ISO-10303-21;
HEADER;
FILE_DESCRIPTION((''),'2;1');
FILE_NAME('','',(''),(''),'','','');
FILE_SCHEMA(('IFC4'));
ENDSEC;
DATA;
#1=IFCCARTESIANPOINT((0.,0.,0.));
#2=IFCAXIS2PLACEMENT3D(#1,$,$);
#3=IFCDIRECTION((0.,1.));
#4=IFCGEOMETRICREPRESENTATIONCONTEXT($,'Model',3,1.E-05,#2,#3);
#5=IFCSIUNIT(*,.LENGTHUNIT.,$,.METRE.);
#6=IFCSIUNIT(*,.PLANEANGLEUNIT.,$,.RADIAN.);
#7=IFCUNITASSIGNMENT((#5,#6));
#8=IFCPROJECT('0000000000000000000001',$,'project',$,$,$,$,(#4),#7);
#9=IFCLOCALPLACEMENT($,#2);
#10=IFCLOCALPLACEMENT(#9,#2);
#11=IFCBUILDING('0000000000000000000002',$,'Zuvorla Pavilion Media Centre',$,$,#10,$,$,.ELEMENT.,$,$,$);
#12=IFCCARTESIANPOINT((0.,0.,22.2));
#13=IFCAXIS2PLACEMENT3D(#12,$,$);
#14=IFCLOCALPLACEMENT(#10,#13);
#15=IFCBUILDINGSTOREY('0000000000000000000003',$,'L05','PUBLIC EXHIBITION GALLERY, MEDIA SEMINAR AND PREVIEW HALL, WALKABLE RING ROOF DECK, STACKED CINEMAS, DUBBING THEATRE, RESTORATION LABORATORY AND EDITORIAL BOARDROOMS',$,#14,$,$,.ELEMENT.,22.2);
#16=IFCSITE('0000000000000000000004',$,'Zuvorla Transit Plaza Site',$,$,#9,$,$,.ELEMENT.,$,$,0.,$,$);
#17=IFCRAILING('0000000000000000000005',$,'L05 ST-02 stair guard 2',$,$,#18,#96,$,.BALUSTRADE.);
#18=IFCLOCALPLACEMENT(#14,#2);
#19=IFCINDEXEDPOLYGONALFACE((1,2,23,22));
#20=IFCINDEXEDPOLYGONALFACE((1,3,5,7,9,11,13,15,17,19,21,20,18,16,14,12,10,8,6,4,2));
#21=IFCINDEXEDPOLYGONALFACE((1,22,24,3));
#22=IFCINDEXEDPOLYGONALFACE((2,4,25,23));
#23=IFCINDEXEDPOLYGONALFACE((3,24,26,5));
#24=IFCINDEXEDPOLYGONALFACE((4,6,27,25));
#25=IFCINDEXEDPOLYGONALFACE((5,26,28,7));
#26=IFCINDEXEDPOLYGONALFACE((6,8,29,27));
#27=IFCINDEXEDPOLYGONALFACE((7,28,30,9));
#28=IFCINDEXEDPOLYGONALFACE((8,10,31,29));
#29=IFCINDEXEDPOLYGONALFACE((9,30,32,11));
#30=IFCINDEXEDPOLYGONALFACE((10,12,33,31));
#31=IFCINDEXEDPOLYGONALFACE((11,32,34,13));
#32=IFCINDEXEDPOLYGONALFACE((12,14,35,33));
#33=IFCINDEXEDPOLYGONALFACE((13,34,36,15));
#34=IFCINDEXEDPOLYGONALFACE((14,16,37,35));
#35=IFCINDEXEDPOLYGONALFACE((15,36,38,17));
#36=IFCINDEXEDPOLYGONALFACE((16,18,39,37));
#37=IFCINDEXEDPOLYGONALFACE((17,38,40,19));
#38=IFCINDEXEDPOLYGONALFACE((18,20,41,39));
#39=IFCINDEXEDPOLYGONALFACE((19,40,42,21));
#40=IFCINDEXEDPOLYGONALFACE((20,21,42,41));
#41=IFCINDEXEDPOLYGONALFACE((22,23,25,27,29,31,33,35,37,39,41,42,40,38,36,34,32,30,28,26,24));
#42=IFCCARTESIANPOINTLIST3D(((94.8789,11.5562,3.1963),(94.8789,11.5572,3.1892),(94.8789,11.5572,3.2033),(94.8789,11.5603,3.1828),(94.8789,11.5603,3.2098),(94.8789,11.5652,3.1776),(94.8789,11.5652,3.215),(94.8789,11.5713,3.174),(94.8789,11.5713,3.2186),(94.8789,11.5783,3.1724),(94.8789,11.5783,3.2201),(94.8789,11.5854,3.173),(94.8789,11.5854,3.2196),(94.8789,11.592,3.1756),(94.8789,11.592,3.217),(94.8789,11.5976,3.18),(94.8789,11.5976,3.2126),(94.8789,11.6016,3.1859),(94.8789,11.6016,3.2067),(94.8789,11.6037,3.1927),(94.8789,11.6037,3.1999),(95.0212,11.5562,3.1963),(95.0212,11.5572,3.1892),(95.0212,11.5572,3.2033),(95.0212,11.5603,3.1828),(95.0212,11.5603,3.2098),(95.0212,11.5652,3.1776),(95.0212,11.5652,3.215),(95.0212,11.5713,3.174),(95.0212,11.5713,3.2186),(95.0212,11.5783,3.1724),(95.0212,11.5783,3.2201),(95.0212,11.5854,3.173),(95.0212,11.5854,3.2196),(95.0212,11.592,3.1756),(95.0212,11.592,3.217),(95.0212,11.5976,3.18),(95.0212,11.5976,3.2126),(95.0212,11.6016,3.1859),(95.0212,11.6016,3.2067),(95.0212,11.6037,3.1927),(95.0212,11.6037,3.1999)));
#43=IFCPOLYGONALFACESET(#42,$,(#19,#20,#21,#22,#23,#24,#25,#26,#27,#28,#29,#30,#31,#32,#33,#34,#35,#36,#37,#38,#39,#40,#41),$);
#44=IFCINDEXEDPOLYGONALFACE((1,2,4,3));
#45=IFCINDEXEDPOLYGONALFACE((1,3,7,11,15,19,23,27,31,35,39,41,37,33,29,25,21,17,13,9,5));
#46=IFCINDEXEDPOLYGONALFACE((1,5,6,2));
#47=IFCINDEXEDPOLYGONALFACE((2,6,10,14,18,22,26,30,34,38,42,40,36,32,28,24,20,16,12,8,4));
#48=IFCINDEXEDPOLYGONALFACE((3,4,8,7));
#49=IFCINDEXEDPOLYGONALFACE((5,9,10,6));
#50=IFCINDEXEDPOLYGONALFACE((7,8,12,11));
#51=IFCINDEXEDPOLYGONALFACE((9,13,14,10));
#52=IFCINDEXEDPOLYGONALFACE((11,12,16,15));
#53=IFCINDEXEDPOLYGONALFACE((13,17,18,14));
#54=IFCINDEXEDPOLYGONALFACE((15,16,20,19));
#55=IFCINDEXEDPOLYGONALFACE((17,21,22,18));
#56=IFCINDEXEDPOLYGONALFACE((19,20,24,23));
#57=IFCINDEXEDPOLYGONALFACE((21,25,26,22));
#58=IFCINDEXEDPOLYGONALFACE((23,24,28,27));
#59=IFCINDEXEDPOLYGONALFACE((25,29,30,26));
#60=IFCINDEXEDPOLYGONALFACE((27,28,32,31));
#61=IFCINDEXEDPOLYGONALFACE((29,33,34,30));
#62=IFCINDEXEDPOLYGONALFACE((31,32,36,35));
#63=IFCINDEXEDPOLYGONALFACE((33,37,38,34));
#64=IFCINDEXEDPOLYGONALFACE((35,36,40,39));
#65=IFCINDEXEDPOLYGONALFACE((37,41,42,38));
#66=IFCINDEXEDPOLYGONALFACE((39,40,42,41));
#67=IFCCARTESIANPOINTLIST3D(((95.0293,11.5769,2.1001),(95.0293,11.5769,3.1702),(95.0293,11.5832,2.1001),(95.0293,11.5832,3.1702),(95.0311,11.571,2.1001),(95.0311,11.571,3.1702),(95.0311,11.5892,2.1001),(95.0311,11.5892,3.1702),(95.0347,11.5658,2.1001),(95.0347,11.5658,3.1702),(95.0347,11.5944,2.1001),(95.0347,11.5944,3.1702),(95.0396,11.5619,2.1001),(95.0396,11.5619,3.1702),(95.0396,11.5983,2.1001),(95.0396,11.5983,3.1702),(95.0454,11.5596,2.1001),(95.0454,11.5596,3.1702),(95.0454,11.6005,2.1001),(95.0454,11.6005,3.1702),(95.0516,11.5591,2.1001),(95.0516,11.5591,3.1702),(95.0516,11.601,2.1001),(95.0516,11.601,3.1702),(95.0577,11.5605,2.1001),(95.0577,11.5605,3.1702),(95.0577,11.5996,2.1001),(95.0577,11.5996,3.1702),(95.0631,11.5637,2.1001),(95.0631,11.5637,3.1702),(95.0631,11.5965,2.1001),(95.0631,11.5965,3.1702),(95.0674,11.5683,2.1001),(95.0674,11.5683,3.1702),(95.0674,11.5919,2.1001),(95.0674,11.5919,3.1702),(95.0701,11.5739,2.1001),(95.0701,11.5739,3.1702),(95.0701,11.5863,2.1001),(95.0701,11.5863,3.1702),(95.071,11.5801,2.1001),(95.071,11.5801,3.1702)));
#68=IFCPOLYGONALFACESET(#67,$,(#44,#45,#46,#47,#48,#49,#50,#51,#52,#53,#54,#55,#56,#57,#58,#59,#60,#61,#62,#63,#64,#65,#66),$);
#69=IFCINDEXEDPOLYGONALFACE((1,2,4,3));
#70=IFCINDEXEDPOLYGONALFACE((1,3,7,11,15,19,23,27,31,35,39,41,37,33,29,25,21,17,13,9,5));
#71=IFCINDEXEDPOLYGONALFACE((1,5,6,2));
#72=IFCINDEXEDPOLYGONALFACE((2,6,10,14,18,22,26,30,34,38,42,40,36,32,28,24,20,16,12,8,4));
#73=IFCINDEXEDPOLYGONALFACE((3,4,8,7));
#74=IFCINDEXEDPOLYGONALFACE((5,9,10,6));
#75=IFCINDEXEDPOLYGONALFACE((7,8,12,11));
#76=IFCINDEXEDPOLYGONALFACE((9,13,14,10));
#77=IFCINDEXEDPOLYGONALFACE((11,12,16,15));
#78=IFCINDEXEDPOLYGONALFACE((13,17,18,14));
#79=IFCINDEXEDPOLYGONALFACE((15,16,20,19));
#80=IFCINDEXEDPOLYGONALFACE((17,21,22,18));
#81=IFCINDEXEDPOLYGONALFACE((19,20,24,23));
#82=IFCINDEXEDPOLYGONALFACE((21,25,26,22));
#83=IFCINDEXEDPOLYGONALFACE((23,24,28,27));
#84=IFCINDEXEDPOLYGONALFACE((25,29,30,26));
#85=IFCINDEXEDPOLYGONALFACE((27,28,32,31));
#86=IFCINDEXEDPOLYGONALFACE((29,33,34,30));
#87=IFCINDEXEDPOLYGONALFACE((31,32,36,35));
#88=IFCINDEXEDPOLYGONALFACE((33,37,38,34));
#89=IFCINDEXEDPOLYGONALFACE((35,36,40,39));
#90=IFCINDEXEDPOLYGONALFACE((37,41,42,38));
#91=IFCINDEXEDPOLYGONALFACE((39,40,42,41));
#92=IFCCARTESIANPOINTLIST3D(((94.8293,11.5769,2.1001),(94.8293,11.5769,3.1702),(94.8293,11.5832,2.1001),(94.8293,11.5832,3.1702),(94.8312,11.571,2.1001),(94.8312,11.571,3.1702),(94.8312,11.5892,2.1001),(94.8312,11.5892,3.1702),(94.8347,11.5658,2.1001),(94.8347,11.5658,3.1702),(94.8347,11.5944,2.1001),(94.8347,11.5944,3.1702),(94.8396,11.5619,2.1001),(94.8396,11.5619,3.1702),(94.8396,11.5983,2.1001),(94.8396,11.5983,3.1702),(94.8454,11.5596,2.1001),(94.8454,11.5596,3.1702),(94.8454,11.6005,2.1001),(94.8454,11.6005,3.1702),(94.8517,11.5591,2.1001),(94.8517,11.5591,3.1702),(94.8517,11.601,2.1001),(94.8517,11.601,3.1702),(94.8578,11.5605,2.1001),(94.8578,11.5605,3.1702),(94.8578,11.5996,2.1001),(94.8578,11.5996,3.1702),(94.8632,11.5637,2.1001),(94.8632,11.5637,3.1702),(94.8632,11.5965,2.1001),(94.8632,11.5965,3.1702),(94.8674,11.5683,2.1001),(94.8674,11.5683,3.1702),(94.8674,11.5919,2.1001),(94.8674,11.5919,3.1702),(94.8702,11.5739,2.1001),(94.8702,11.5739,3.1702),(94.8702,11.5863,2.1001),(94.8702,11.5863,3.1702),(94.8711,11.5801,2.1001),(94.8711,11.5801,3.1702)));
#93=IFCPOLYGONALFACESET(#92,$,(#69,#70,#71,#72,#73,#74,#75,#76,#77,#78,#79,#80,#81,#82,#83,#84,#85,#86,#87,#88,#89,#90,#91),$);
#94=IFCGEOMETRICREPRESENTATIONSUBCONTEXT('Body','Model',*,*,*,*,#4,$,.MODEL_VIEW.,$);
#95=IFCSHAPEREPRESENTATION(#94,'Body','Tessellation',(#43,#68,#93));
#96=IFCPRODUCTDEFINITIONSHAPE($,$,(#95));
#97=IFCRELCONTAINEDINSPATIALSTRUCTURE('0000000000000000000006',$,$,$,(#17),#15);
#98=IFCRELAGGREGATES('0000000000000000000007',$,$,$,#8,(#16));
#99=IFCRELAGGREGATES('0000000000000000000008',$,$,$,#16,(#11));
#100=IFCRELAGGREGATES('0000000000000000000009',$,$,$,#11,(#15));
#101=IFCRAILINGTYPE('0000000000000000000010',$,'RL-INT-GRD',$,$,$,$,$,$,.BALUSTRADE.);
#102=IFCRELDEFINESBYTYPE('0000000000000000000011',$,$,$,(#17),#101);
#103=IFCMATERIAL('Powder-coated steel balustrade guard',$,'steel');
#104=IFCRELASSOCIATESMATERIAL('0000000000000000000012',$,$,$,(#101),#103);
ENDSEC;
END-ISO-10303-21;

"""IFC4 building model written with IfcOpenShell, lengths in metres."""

from ifc_helpers import new_model, si_unit, direction, frame, origin, origin_2d, place, context, subcontext, project, spatial, circle, extrude, material, type_object, element, save


model = new_model("IFC4")

# Units and contexts
model_context = context("Model", 3, precision=1e-05, world=origin(), true_north=direction((0.0, 1.0)))
body_context = subcontext(model_context, "Body", "Model", "MODEL_VIEW")
ifc_project = project(units=[si_unit("LENGTHUNIT", "METRE"), si_unit("PLANEANGLEUNIT", "RADIAN")], contexts=[model_context])

# Site, building, storey
site_placement = place(None, origin())
site = spatial("IfcSite", under=ifc_project, at=site_placement, Name="Zuvorla Transit Plaza Site", CompositionType="ELEMENT", RefElevation=0.0)
building_placement = place(site_placement, origin())
building = spatial("IfcBuilding", under=site, at=building_placement, Name="Zuvorla Pavilion Media Centre", CompositionType="ELEMENT")
storey_placement = place(building_placement, frame((0.0, 0.0, 22.2)))
storey = spatial("IfcBuildingStorey", under=building, at=storey_placement, Name="L05", Description="PUBLIC EXHIBITION GALLERY, MEDIA SEMINAR AND PREVIEW HALL, WALKABLE RING ROOF DECK, STACKED CINEMAS, DUBBING THEATRE, RESTORATION LABORATORY AND EDITORIAL BOARDROOMS", CompositionType="ELEMENT", Elevation=22.2)

# Railing
ifc_material_1 = material(Name="Powder-coated steel balustrade guard", Category="steel")
railing_type_1 = type_object("IfcRailingType", Name="RL-INT-GRD", PredefinedType="BALUSTRADE", material=ifc_material_1)
railing_1_placement = place(storey_placement, frame((95.05, 11.5801, 2.1001)))
element("IfcRailing", 1, at=railing_1_placement, inside=storey, type_object=railing_type_1, Name="L05 ST-02 stair guard 2", PredefinedType="BALUSTRADE", context=body_context, shape_type="SweptSolid", body=[
    extrude(circle(Radius=0.0239, at=origin_2d()), frame((-0.0288, 0.0, 1.0962), z_axis=(-1.0, 0.0, 0.0), x_axis=(0.0, -1.0, 0.0)), (0.0, 0.0, 1.0), 0.1423),
    extrude(circle(Radius=0.021, at=origin_2d()), origin(), (0.0, 0.0, 1.0), 1.0701),
    extrude(circle(Radius=0.021, at=origin_2d()), frame((-0.2, 0.0, 0.0)), (0.0, 0.0, 1.0), 1.0701),
])

save(model, "model.ifc")
